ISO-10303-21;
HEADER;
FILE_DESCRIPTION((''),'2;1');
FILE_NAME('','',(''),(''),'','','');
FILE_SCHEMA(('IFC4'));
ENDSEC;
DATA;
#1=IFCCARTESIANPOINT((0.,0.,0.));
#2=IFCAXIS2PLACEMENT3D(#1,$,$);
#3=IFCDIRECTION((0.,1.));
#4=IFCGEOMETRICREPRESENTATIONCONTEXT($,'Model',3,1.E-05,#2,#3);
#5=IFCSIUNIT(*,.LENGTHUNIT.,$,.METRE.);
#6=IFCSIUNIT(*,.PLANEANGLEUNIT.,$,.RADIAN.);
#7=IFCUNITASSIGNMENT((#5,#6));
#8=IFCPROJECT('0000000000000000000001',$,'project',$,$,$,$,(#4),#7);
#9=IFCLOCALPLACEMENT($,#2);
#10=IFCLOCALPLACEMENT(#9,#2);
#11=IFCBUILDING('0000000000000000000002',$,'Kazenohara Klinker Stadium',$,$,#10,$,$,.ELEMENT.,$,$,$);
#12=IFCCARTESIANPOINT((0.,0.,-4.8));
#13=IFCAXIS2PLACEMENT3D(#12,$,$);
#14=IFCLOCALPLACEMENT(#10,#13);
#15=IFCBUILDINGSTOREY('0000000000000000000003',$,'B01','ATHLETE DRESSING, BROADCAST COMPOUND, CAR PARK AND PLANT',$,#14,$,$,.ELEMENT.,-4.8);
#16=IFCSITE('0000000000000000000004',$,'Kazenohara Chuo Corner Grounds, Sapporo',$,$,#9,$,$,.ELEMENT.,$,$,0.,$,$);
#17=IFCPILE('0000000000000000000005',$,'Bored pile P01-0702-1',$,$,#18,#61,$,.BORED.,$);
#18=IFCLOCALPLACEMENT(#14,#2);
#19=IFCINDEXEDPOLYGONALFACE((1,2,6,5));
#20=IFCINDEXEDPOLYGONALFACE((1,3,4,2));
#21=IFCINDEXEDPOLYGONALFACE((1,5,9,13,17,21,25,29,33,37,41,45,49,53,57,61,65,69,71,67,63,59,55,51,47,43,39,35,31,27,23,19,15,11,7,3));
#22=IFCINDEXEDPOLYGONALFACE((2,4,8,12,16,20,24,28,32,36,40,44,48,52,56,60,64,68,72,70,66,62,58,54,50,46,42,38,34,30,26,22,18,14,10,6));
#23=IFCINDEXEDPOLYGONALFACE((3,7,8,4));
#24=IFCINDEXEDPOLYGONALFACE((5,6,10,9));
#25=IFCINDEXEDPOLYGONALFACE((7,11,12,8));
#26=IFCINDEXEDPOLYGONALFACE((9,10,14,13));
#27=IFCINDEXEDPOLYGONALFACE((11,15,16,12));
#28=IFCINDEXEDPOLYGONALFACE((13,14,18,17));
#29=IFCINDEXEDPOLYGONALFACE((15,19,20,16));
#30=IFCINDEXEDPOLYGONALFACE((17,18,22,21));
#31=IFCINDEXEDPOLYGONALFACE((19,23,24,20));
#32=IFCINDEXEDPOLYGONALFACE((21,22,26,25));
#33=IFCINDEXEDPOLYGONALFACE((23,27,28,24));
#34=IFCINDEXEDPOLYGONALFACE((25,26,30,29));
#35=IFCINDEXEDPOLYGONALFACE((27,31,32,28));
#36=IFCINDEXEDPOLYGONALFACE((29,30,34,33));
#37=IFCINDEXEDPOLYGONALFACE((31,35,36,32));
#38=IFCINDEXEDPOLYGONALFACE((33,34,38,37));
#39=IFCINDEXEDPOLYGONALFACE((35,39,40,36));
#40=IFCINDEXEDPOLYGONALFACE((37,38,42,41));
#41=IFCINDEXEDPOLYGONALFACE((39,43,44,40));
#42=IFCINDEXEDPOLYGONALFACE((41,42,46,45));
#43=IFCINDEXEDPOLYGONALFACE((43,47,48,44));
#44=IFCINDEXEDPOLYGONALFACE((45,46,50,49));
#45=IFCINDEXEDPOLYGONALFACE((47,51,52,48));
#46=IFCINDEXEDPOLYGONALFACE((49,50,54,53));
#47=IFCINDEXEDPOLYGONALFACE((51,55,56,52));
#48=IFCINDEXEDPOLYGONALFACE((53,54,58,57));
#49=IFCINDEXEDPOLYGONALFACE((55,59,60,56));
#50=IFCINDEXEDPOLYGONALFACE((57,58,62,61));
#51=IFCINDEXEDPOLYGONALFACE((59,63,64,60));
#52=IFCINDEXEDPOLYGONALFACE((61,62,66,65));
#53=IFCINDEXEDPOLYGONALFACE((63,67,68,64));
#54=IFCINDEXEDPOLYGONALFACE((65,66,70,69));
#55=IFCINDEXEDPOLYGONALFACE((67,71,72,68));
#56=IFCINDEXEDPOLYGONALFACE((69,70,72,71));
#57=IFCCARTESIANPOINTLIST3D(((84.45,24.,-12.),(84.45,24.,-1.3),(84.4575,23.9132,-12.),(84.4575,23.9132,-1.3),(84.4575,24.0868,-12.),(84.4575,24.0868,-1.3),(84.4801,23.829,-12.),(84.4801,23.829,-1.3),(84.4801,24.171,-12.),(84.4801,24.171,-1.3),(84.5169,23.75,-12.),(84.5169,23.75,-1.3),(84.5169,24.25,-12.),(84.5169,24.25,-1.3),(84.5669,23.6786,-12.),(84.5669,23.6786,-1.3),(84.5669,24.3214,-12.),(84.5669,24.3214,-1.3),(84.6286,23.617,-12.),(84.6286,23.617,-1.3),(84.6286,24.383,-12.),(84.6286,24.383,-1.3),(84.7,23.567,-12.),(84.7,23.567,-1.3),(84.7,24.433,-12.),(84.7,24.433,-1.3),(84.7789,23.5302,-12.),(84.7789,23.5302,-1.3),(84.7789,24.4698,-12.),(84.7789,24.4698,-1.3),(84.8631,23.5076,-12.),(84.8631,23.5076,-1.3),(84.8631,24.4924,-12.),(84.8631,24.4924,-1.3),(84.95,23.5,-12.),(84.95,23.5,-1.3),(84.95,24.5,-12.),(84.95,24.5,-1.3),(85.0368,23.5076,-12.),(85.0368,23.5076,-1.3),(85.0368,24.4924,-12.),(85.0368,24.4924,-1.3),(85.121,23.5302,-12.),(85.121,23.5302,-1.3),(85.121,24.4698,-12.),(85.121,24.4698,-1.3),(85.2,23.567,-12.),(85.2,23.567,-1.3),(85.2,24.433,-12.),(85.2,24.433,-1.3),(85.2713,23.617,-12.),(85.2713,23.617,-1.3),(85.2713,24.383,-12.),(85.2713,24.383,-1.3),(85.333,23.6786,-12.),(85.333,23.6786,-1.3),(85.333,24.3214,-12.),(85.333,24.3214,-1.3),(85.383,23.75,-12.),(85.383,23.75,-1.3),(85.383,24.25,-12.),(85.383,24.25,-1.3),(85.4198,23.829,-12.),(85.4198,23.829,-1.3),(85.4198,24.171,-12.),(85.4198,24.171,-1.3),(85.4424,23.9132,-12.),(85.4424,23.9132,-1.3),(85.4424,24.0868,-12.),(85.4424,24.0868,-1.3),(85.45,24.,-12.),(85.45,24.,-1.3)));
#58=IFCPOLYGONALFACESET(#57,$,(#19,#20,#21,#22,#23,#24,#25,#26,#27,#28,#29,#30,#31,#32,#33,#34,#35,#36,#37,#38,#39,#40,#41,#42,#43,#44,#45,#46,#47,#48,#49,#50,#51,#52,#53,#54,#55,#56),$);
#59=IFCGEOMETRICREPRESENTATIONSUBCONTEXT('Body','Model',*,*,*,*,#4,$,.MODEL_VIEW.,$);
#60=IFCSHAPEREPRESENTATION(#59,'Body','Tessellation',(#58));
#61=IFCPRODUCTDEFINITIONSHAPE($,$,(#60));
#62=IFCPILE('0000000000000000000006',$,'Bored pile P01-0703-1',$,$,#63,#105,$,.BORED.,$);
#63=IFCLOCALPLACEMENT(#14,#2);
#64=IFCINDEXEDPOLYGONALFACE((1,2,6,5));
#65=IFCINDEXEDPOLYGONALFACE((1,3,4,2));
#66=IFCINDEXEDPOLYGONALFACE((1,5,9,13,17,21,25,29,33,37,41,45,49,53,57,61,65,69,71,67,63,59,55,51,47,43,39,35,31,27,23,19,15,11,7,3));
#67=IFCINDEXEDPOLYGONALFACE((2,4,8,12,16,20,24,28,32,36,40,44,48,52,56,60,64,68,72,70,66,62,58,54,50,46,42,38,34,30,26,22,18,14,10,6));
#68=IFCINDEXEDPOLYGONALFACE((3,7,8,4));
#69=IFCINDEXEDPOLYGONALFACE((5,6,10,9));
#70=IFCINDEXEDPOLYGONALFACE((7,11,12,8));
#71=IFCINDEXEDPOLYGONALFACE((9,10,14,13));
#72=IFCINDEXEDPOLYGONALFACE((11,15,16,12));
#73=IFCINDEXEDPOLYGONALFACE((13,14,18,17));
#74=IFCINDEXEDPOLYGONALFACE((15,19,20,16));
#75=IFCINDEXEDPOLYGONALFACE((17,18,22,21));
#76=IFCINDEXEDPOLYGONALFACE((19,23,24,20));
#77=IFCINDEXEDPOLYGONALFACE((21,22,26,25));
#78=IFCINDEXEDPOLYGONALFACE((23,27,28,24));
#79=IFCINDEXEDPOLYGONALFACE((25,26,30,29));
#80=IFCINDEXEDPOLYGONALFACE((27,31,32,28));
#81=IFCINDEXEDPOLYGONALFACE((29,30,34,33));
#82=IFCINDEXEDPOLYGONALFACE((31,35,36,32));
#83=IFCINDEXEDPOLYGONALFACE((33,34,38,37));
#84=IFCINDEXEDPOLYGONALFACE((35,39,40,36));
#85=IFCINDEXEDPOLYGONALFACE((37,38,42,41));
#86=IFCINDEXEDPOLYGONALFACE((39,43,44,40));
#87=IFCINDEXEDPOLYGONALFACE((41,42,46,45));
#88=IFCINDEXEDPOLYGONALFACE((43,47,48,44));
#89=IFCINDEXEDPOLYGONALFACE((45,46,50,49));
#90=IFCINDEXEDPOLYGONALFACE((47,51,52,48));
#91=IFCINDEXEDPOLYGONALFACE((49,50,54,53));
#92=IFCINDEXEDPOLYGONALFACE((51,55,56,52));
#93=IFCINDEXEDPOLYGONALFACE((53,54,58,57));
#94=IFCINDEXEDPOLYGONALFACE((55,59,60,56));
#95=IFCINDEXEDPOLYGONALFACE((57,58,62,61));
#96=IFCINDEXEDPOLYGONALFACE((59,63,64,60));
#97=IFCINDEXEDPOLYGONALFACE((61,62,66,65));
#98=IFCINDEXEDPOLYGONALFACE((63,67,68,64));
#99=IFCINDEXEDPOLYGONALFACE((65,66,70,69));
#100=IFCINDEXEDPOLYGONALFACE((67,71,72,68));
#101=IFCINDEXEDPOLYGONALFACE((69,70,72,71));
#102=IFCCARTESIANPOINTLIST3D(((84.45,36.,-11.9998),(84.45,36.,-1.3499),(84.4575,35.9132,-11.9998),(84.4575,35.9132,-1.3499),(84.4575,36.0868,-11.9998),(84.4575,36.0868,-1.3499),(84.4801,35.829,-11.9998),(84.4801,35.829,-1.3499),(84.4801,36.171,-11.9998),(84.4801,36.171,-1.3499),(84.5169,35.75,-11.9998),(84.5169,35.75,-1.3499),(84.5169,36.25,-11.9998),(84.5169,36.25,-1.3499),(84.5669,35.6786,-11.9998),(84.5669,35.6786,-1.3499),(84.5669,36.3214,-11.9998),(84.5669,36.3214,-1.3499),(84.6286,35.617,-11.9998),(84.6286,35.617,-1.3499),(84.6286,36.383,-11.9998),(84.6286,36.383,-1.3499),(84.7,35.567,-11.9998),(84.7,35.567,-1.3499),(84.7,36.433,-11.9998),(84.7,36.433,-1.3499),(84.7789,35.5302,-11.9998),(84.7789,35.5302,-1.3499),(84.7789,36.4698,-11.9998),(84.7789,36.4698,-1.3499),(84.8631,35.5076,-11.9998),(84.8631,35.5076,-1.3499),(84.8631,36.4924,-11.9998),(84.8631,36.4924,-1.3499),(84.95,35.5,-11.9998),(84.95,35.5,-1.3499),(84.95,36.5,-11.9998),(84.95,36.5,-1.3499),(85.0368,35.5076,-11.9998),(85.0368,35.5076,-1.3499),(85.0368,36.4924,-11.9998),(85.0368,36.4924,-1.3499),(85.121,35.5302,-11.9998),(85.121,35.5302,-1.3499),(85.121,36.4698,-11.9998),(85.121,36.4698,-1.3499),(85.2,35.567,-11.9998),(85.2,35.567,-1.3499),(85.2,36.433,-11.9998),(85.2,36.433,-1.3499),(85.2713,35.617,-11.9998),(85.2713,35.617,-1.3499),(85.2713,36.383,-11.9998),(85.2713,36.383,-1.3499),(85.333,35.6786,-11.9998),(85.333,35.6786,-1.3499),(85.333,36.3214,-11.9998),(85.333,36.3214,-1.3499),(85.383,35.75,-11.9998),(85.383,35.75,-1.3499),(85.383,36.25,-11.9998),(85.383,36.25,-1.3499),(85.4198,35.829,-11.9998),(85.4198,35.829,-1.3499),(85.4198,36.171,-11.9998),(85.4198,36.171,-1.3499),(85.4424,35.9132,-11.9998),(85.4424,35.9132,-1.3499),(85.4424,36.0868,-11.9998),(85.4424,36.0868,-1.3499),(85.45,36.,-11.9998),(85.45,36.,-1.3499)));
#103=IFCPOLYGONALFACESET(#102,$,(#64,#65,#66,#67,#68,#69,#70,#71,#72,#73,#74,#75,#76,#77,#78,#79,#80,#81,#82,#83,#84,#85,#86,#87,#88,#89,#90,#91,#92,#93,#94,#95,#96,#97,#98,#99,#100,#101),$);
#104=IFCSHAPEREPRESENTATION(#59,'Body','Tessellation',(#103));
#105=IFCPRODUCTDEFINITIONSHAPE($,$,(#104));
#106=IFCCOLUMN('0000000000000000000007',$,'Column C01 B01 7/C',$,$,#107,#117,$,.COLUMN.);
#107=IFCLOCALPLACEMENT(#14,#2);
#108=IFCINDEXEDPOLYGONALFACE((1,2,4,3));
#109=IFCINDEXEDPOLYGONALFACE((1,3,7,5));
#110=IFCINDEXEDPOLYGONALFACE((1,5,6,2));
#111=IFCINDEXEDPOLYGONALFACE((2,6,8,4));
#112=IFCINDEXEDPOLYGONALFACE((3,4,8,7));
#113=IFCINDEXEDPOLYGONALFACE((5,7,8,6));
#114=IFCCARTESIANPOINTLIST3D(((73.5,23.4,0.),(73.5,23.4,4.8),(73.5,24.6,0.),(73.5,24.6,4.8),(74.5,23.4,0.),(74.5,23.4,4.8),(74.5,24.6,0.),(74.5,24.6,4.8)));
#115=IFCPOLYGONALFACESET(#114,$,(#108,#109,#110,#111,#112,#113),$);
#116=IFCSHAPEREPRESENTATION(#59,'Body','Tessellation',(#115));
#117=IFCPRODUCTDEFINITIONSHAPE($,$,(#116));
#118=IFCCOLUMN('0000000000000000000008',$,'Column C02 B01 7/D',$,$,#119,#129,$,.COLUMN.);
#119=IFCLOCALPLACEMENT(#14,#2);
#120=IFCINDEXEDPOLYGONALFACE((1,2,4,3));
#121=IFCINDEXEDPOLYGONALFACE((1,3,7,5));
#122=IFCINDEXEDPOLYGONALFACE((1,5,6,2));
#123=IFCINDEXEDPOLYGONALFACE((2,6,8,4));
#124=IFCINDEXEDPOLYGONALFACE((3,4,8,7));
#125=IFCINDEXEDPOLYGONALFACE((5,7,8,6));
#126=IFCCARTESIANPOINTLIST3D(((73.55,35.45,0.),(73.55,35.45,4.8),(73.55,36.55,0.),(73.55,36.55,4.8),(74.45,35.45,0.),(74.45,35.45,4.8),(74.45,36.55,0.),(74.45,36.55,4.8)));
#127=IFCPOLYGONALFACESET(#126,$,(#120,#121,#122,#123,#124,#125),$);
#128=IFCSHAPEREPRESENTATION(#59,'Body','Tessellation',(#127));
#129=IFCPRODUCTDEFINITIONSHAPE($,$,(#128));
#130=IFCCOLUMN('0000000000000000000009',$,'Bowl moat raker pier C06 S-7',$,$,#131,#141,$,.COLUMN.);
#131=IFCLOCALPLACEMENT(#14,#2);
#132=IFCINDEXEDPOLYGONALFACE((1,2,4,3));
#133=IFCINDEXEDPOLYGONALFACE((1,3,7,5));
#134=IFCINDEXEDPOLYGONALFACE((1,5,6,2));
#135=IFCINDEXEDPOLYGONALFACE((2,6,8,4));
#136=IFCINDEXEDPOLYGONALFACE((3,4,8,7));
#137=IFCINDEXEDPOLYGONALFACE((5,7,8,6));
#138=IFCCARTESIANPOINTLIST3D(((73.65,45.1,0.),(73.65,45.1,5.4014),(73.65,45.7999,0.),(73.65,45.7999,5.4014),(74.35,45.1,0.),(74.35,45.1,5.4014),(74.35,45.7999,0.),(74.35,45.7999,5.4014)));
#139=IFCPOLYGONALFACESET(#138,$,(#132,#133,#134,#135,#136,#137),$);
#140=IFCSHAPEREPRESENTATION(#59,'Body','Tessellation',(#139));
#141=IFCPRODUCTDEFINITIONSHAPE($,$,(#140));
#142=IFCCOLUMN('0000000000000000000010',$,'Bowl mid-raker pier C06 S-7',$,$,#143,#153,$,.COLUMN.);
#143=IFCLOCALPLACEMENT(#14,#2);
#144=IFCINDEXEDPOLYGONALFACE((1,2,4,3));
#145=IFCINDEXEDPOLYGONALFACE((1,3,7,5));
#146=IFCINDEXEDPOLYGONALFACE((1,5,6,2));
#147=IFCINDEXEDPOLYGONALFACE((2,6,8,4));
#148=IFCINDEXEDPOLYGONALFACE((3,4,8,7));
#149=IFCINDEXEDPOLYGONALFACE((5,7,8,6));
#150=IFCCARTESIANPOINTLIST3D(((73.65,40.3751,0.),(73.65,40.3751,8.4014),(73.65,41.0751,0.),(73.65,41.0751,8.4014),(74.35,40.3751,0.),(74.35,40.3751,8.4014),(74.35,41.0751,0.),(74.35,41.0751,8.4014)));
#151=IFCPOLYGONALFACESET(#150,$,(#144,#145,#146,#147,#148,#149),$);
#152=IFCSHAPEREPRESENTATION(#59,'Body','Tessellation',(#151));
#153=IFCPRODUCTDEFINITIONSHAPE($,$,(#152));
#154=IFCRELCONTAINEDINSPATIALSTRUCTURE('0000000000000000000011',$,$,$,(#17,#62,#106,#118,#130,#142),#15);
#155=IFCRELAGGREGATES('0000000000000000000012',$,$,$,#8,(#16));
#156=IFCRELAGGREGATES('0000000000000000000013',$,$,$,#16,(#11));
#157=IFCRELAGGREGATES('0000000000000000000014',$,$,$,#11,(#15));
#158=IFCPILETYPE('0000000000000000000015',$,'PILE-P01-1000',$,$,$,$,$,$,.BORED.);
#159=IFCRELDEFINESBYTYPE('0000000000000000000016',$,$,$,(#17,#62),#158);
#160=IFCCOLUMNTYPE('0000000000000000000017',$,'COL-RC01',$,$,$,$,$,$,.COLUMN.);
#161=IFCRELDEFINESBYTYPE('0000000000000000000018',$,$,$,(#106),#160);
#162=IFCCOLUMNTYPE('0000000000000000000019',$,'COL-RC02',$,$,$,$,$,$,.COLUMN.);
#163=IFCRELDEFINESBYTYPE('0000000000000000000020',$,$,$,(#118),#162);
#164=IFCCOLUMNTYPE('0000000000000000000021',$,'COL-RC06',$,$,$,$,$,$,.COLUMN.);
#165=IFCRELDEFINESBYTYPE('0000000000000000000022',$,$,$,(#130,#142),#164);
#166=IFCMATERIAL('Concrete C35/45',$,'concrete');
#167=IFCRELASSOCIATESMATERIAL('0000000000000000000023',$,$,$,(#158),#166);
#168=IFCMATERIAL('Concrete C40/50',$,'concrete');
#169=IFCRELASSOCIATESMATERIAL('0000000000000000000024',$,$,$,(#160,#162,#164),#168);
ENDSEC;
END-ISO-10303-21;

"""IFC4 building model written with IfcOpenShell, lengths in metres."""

from ifc_helpers import new_model, si_unit, direction, frame, origin, origin_2d, place, context, subcontext, project, spatial, rectangle, circle, extrude, material, material_profile, profile_set, type_object, element, save


model = new_model("IFC4")

# Units and contexts
model_context = context("Model", 3, precision=1e-05, world=origin(), true_north=direction((0.0, 1.0)))
body_context = subcontext(model_context, "Body", "Model", "MODEL_VIEW")
ifc_project = project(units=[si_unit("LENGTHUNIT", "METRE"), si_unit("PLANEANGLEUNIT", "RADIAN")], contexts=[model_context])

# Site, building, storey
site_placement = place(None, origin())
site = spatial("IfcSite", under=ifc_project, at=site_placement, Name="Kazenohara Chuo Corner Grounds, Sapporo", CompositionType="ELEMENT", RefElevation=0.0)
building_placement = place(site_placement, origin())
building = spatial("IfcBuilding", under=site, at=building_placement, Name="Kazenohara Klinker Stadium", CompositionType="ELEMENT")
storey_placement = place(building_placement, frame((0.0, 0.0, -4.8)))
storey = spatial("IfcBuildingStorey", under=building, at=storey_placement, Name="B01", Description="ATHLETE DRESSING, BROADCAST COMPOUND, CAR PARK AND PLANT", CompositionType="ELEMENT", Elevation=-4.8)

# Shared definitions
ifc_material_1 = material(Name="Concrete C35/45", Category="concrete")

# Piles
ifc_material_profile_1 = material_profile(ifc_material_1, circle(Radius=0.5, at=origin_2d()), Name="BORED-PILE-1000")
ifc_profile_set_1 = profile_set([ifc_material_profile_1], Name="Concrete C35/45")
pile_type = type_object("IfcPileType", Name="PILE-P01-1000", PredefinedType="BORED", material=ifc_profile_set_1)
pile_1_placement = place(storey_placement, frame((84.95, 24.0, -1.3), z_axis=(0.0, 0.0, -1.0), x_axis=(1.0, 0.0, 0.0)))
element("IfcPile", 1, at=pile_1_placement, inside=storey, type_object=pile_type, Name="Bored pile P01-0702-1", PredefinedType="BORED", context=body_context, shape_type="SweptSolid", body=[
    extrude(circle(Radius=0.5, at=origin_2d()), origin(), (0.0, 0.0, 1.0), 10.7),
])
pile_2_placement = place(storey_placement, frame((84.95, 36.0, -1.3499), z_axis=(0.0, 0.0, -1.0), x_axis=(1.0, 0.0, 0.0)))
element("IfcPile", 2, at=pile_2_placement, inside=storey, type_object=pile_type, Name="Bored pile P01-0703-1", PredefinedType="BORED", context=body_context, shape_type="SweptSolid", body=[
    extrude(circle(Radius=0.5, at=origin_2d()), origin(), (0.0, 0.0, 1.0), 10.6499),
])

# Columns
ifc_material_2 = material(Name="Concrete C40/50", Category="concrete")
ifc_material_profile_2 = material_profile(ifc_material_2, rectangle(XDim=1.0, YDim=1.2, at=origin_2d()), Name="RC-COL-1200x1000")
ifc_profile_set_2 = profile_set([ifc_material_profile_2], Name="Concrete C40/50")
column_type_1 = type_object("IfcColumnType", Name="COL-RC01", PredefinedType="COLUMN", material=ifc_profile_set_2)
column_1_placement = place(storey_placement, frame((74.0, 24.0, 0.0), z_axis=(0.0, 0.0, 1.0), x_axis=(1.0, 0.0, 0.0)))
element("IfcColumn", 3, at=column_1_placement, inside=storey, type_object=column_type_1, Name="Column C01 B01 7/C", PredefinedType="COLUMN", context=body_context, shape_type="SweptSolid", body=[
    extrude(rectangle(XDim=1.0, YDim=1.2, at=origin_2d()), origin(), (0.0, 0.0, 1.0), 4.8),
])
ifc_material_profile_3 = material_profile(ifc_material_2, rectangle(XDim=0.8999, YDim=1.1001, at=origin_2d()), Name="RC-COL-1100x900")
ifc_profile_set_3 = profile_set([ifc_material_profile_3], Name="Concrete C40/50")
column_type_2 = type_object("IfcColumnType", Name="COL-RC02", PredefinedType="COLUMN", material=ifc_profile_set_3)
column_2_placement = place(storey_placement, frame((74.0, 36.0, 0.0), z_axis=(0.0, 0.0, 1.0), x_axis=(1.0, 0.0, 0.0)))
element("IfcColumn", 4, at=column_2_placement, inside=storey, type_object=column_type_2, Name="Column C02 B01 7/D", PredefinedType="COLUMN", context=body_context, shape_type="SweptSolid", body=[
    extrude(rectangle(XDim=0.8999, YDim=1.1001, at=origin_2d()), origin(), (0.0, 0.0, 1.0), 4.8),
])
ifc_material_profile_4 = material_profile(ifc_material_2, rectangle(XDim=0.7, YDim=0.7, at=origin_2d()), Name="RC-COL-700x700")
ifc_profile_set_4 = profile_set([ifc_material_profile_4], Name="Concrete C40/50")
column_type_3 = type_object("IfcColumnType", Name="COL-RC06", PredefinedType="COLUMN", material=ifc_profile_set_4)
column_3_placement = place(storey_placement, frame((74.0, 45.45, 0.0), z_axis=(0.0, 0.0, 1.0), x_axis=(1.0, 0.0, 0.0)))
element("IfcColumn", 5, at=column_3_placement, inside=storey, type_object=column_type_3, Name="Bowl moat raker pier C06 S-7", PredefinedType="COLUMN", context=body_context, shape_type="SweptSolid", body=[
    extrude(rectangle(XDim=0.7, YDim=0.7, at=origin_2d()), origin(), (0.0, 0.0, 1.0), 5.4014),
])
column_4_placement = place(storey_placement, frame((74.0, 40.7251, 0.0), z_axis=(0.0, 0.0, 1.0), x_axis=(1.0, 0.0, 0.0)))
element("IfcColumn", 6, at=column_4_placement, inside=storey, type_object=column_type_3, Name="Bowl mid-raker pier C06 S-7", PredefinedType="COLUMN", context=body_context, shape_type="SweptSolid", body=[
    extrude(rectangle(XDim=0.7, YDim=0.7, at=origin_2d()), origin(), (0.0, 0.0, 1.0), 8.4014),
])

save(model, "model.ifc")
